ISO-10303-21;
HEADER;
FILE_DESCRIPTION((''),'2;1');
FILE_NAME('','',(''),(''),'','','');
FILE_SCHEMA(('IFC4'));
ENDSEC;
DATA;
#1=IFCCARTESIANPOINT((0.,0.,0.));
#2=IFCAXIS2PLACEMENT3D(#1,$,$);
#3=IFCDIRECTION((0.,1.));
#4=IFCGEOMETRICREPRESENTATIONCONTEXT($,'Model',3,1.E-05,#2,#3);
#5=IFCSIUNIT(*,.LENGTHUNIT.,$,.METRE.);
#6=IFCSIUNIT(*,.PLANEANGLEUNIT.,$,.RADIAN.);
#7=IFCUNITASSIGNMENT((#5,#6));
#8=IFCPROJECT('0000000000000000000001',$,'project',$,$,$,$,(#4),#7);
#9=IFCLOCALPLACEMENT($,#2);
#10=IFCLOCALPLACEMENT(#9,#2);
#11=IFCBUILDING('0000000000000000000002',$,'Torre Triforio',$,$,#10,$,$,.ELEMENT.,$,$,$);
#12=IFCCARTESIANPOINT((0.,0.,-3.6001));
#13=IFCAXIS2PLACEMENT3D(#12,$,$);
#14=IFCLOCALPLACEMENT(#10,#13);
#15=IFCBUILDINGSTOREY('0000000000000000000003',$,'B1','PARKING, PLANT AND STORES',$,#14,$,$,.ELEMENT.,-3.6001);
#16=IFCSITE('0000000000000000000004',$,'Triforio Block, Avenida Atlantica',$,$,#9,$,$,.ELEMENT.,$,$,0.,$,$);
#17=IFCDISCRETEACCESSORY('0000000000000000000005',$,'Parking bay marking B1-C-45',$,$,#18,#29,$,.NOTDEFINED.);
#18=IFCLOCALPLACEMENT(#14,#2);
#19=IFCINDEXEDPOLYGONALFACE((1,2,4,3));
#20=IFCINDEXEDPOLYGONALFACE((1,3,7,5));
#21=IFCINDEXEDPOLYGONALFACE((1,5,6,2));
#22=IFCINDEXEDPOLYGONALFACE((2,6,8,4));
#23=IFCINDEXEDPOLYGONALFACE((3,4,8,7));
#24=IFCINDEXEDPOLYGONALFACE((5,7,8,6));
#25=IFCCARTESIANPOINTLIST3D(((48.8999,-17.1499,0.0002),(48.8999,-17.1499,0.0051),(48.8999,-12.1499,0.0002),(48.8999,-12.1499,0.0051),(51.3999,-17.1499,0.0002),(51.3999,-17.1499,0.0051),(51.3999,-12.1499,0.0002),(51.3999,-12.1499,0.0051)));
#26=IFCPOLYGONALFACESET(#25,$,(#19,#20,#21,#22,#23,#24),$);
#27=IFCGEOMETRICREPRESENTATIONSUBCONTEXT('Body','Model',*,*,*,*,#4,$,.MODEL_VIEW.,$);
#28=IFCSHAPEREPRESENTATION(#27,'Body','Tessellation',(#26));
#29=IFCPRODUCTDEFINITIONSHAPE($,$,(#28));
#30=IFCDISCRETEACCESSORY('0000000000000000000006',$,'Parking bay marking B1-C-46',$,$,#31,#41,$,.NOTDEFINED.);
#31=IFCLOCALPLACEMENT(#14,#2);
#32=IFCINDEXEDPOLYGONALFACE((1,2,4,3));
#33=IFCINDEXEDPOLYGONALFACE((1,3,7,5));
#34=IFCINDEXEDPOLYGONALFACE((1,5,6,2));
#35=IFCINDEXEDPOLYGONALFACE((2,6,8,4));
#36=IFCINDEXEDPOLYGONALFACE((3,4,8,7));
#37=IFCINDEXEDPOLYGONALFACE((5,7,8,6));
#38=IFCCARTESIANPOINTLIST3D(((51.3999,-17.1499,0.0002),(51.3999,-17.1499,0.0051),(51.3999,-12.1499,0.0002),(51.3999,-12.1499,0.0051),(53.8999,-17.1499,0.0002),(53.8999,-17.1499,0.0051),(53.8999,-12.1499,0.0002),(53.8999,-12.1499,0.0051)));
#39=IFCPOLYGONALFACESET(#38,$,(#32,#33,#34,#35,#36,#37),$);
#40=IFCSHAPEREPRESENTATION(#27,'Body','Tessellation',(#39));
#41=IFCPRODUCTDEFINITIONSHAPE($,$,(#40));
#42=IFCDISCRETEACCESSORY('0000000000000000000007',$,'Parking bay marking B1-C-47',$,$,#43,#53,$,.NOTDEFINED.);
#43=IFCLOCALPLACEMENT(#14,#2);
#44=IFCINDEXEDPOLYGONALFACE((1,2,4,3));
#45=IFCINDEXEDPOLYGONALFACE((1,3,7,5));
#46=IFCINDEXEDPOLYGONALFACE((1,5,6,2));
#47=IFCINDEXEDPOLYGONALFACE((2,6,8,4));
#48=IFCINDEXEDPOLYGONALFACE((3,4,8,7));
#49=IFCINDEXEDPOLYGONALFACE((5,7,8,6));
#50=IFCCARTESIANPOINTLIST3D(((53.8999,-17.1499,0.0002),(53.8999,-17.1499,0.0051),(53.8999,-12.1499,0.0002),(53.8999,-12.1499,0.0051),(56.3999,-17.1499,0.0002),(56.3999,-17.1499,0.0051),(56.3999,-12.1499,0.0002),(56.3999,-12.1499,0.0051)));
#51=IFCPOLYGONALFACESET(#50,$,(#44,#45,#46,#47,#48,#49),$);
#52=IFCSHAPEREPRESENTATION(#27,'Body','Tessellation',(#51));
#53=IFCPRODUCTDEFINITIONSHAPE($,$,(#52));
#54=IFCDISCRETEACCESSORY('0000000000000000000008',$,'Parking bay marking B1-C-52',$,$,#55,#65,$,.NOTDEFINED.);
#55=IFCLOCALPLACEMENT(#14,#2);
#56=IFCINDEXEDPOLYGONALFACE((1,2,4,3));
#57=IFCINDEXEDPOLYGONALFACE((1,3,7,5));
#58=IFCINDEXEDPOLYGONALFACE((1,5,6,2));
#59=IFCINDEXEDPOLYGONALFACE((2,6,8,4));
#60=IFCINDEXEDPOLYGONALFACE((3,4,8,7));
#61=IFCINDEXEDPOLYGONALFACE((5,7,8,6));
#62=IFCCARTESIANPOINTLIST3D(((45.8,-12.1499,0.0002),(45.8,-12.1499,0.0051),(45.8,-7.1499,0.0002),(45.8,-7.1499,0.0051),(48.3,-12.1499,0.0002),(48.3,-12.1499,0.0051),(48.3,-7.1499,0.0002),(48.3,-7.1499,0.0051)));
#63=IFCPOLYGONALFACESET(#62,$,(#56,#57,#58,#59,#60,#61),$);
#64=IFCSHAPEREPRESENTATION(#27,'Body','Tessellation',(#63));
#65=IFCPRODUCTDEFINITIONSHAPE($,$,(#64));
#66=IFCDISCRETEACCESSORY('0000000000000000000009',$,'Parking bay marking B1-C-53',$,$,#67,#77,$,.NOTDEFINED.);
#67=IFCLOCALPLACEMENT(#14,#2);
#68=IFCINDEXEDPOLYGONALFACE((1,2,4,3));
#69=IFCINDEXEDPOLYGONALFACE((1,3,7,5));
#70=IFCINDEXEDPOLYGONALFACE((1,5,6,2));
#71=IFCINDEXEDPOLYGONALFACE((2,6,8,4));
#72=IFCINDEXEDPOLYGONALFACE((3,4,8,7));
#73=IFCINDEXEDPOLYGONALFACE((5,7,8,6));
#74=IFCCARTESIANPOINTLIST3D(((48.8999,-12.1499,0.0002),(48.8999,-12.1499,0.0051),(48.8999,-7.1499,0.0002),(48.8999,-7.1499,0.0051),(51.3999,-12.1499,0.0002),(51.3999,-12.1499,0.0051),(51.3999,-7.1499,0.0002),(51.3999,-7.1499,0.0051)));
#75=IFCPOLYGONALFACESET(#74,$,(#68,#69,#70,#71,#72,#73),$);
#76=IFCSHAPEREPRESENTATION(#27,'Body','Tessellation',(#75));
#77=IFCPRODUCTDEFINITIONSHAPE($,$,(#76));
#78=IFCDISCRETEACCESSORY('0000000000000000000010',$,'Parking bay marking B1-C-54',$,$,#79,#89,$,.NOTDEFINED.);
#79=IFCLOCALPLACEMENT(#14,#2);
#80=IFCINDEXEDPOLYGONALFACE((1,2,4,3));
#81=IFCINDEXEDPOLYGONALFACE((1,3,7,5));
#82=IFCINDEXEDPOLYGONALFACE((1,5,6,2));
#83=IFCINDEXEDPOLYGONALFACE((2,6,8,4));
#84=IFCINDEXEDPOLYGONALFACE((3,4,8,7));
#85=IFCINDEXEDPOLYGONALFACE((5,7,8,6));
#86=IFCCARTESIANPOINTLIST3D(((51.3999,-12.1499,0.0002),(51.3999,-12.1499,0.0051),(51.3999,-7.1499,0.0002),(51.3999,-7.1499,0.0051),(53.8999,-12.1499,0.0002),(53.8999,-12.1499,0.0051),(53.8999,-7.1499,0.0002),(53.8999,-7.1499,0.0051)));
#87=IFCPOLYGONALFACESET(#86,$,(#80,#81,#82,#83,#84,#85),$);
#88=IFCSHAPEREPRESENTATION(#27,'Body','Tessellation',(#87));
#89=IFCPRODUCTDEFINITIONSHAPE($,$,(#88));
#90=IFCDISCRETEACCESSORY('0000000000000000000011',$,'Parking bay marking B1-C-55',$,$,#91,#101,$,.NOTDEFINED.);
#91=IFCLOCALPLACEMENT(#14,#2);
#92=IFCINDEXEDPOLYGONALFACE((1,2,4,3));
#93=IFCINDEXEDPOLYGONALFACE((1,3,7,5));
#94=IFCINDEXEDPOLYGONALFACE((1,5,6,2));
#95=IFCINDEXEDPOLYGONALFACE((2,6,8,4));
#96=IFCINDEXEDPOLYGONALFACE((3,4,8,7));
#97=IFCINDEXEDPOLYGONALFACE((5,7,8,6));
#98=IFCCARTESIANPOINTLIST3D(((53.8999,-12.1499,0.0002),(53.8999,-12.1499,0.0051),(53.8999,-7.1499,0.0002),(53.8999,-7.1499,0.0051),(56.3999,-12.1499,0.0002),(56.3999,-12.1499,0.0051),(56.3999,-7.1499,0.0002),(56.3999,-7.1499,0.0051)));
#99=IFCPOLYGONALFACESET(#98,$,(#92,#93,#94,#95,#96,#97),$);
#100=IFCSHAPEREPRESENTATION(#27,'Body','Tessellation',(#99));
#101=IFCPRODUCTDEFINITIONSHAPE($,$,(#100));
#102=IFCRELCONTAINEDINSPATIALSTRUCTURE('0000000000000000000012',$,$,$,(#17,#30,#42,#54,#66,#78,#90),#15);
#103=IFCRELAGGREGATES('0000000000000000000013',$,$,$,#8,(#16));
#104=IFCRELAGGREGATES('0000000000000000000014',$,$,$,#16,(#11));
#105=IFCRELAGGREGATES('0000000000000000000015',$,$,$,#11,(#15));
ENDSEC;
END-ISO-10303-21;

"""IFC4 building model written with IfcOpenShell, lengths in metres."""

from ifc_helpers import new_model, si_unit, direction, frame, origin, origin_2d, place, context, subcontext, project, spatial, rectangle, extrude, element, save


model = new_model("IFC4")

# Units and contexts
model_context = context("Model", 3, precision=1e-05, world=origin(), true_north=direction((0.0, 1.0)))
body_context = subcontext(model_context, "Body", "Model", "MODEL_VIEW")
ifc_project = project(units=[si_unit("LENGTHUNIT", "METRE"), si_unit("PLANEANGLEUNIT", "RADIAN")], contexts=[model_context])

# Site, building, storey
site_placement = place(None, origin())
site = spatial("IfcSite", under=ifc_project, at=site_placement, Name="Triforio Block, Avenida Atlantica", CompositionType="ELEMENT", RefElevation=0.0)
building_placement = place(site_placement, origin())
building = spatial("IfcBuilding", under=site, at=building_placement, Name="Torre Triforio", CompositionType="ELEMENT")
storey_placement = place(building_placement, frame((0.0, 0.0, -3.6001)))
storey = spatial("IfcBuildingStorey", under=building, at=storey_placement, Name="B1", Description="PARKING, PLANT AND STORES", CompositionType="ELEMENT", Elevation=-3.6001)

# Discrete accessories
for number, where, z_axis, x_axis, name in (
    (1, (50.1499, -14.6499, 0.0002), (0.0, 0.0, 1.0), (1.0, 0.0, 0.0), "Parking bay marking B1-C-45"),
    (2, (52.6499, -14.6499, 0.0002), (0.0, 0.0, 1.0), (1.0, 0.0, 0.0), "Parking bay marking B1-C-46"),
    (3, (55.1499, -14.6499, 0.0002), (0.0, 0.0, 1.0), (1.0, 0.0, 0.0), "Parking bay marking B1-C-47"),
    (4, (47.05, -9.6499, 0.0002), (0.0, 0.0, 1.0), (1.0, 0.0, 0.0), "Parking bay marking B1-C-52"),
    (5, (50.1499, -9.6499, 0.0002), (0.0, 0.0, 1.0), (1.0, 0.0, 0.0), "Parking bay marking B1-C-53"),
    (6, (52.6499, -9.6499, 0.0002), (0.0, 0.0, 1.0), (1.0, 0.0, 0.0), "Parking bay marking B1-C-54"),
    (7, (55.1499, -9.6499, 0.0002), (0.0, 0.0, 1.0), (1.0, 0.0, 0.0), "Parking bay marking B1-C-55"),
):
    element("IfcDiscreteAccessory", number, at=place(storey_placement, frame(where, z_axis=z_axis, x_axis=x_axis)), inside=storey, Name=name, PredefinedType="NOTDEFINED", context=body_context, shape_type="SweptSolid", body=[
        extrude(rectangle(XDim=2.5, YDim=5.0, at=origin_2d()), origin(), (0.0, 0.0, 1.0), 0.0049),
    ])

save(model, "model.ifc")
